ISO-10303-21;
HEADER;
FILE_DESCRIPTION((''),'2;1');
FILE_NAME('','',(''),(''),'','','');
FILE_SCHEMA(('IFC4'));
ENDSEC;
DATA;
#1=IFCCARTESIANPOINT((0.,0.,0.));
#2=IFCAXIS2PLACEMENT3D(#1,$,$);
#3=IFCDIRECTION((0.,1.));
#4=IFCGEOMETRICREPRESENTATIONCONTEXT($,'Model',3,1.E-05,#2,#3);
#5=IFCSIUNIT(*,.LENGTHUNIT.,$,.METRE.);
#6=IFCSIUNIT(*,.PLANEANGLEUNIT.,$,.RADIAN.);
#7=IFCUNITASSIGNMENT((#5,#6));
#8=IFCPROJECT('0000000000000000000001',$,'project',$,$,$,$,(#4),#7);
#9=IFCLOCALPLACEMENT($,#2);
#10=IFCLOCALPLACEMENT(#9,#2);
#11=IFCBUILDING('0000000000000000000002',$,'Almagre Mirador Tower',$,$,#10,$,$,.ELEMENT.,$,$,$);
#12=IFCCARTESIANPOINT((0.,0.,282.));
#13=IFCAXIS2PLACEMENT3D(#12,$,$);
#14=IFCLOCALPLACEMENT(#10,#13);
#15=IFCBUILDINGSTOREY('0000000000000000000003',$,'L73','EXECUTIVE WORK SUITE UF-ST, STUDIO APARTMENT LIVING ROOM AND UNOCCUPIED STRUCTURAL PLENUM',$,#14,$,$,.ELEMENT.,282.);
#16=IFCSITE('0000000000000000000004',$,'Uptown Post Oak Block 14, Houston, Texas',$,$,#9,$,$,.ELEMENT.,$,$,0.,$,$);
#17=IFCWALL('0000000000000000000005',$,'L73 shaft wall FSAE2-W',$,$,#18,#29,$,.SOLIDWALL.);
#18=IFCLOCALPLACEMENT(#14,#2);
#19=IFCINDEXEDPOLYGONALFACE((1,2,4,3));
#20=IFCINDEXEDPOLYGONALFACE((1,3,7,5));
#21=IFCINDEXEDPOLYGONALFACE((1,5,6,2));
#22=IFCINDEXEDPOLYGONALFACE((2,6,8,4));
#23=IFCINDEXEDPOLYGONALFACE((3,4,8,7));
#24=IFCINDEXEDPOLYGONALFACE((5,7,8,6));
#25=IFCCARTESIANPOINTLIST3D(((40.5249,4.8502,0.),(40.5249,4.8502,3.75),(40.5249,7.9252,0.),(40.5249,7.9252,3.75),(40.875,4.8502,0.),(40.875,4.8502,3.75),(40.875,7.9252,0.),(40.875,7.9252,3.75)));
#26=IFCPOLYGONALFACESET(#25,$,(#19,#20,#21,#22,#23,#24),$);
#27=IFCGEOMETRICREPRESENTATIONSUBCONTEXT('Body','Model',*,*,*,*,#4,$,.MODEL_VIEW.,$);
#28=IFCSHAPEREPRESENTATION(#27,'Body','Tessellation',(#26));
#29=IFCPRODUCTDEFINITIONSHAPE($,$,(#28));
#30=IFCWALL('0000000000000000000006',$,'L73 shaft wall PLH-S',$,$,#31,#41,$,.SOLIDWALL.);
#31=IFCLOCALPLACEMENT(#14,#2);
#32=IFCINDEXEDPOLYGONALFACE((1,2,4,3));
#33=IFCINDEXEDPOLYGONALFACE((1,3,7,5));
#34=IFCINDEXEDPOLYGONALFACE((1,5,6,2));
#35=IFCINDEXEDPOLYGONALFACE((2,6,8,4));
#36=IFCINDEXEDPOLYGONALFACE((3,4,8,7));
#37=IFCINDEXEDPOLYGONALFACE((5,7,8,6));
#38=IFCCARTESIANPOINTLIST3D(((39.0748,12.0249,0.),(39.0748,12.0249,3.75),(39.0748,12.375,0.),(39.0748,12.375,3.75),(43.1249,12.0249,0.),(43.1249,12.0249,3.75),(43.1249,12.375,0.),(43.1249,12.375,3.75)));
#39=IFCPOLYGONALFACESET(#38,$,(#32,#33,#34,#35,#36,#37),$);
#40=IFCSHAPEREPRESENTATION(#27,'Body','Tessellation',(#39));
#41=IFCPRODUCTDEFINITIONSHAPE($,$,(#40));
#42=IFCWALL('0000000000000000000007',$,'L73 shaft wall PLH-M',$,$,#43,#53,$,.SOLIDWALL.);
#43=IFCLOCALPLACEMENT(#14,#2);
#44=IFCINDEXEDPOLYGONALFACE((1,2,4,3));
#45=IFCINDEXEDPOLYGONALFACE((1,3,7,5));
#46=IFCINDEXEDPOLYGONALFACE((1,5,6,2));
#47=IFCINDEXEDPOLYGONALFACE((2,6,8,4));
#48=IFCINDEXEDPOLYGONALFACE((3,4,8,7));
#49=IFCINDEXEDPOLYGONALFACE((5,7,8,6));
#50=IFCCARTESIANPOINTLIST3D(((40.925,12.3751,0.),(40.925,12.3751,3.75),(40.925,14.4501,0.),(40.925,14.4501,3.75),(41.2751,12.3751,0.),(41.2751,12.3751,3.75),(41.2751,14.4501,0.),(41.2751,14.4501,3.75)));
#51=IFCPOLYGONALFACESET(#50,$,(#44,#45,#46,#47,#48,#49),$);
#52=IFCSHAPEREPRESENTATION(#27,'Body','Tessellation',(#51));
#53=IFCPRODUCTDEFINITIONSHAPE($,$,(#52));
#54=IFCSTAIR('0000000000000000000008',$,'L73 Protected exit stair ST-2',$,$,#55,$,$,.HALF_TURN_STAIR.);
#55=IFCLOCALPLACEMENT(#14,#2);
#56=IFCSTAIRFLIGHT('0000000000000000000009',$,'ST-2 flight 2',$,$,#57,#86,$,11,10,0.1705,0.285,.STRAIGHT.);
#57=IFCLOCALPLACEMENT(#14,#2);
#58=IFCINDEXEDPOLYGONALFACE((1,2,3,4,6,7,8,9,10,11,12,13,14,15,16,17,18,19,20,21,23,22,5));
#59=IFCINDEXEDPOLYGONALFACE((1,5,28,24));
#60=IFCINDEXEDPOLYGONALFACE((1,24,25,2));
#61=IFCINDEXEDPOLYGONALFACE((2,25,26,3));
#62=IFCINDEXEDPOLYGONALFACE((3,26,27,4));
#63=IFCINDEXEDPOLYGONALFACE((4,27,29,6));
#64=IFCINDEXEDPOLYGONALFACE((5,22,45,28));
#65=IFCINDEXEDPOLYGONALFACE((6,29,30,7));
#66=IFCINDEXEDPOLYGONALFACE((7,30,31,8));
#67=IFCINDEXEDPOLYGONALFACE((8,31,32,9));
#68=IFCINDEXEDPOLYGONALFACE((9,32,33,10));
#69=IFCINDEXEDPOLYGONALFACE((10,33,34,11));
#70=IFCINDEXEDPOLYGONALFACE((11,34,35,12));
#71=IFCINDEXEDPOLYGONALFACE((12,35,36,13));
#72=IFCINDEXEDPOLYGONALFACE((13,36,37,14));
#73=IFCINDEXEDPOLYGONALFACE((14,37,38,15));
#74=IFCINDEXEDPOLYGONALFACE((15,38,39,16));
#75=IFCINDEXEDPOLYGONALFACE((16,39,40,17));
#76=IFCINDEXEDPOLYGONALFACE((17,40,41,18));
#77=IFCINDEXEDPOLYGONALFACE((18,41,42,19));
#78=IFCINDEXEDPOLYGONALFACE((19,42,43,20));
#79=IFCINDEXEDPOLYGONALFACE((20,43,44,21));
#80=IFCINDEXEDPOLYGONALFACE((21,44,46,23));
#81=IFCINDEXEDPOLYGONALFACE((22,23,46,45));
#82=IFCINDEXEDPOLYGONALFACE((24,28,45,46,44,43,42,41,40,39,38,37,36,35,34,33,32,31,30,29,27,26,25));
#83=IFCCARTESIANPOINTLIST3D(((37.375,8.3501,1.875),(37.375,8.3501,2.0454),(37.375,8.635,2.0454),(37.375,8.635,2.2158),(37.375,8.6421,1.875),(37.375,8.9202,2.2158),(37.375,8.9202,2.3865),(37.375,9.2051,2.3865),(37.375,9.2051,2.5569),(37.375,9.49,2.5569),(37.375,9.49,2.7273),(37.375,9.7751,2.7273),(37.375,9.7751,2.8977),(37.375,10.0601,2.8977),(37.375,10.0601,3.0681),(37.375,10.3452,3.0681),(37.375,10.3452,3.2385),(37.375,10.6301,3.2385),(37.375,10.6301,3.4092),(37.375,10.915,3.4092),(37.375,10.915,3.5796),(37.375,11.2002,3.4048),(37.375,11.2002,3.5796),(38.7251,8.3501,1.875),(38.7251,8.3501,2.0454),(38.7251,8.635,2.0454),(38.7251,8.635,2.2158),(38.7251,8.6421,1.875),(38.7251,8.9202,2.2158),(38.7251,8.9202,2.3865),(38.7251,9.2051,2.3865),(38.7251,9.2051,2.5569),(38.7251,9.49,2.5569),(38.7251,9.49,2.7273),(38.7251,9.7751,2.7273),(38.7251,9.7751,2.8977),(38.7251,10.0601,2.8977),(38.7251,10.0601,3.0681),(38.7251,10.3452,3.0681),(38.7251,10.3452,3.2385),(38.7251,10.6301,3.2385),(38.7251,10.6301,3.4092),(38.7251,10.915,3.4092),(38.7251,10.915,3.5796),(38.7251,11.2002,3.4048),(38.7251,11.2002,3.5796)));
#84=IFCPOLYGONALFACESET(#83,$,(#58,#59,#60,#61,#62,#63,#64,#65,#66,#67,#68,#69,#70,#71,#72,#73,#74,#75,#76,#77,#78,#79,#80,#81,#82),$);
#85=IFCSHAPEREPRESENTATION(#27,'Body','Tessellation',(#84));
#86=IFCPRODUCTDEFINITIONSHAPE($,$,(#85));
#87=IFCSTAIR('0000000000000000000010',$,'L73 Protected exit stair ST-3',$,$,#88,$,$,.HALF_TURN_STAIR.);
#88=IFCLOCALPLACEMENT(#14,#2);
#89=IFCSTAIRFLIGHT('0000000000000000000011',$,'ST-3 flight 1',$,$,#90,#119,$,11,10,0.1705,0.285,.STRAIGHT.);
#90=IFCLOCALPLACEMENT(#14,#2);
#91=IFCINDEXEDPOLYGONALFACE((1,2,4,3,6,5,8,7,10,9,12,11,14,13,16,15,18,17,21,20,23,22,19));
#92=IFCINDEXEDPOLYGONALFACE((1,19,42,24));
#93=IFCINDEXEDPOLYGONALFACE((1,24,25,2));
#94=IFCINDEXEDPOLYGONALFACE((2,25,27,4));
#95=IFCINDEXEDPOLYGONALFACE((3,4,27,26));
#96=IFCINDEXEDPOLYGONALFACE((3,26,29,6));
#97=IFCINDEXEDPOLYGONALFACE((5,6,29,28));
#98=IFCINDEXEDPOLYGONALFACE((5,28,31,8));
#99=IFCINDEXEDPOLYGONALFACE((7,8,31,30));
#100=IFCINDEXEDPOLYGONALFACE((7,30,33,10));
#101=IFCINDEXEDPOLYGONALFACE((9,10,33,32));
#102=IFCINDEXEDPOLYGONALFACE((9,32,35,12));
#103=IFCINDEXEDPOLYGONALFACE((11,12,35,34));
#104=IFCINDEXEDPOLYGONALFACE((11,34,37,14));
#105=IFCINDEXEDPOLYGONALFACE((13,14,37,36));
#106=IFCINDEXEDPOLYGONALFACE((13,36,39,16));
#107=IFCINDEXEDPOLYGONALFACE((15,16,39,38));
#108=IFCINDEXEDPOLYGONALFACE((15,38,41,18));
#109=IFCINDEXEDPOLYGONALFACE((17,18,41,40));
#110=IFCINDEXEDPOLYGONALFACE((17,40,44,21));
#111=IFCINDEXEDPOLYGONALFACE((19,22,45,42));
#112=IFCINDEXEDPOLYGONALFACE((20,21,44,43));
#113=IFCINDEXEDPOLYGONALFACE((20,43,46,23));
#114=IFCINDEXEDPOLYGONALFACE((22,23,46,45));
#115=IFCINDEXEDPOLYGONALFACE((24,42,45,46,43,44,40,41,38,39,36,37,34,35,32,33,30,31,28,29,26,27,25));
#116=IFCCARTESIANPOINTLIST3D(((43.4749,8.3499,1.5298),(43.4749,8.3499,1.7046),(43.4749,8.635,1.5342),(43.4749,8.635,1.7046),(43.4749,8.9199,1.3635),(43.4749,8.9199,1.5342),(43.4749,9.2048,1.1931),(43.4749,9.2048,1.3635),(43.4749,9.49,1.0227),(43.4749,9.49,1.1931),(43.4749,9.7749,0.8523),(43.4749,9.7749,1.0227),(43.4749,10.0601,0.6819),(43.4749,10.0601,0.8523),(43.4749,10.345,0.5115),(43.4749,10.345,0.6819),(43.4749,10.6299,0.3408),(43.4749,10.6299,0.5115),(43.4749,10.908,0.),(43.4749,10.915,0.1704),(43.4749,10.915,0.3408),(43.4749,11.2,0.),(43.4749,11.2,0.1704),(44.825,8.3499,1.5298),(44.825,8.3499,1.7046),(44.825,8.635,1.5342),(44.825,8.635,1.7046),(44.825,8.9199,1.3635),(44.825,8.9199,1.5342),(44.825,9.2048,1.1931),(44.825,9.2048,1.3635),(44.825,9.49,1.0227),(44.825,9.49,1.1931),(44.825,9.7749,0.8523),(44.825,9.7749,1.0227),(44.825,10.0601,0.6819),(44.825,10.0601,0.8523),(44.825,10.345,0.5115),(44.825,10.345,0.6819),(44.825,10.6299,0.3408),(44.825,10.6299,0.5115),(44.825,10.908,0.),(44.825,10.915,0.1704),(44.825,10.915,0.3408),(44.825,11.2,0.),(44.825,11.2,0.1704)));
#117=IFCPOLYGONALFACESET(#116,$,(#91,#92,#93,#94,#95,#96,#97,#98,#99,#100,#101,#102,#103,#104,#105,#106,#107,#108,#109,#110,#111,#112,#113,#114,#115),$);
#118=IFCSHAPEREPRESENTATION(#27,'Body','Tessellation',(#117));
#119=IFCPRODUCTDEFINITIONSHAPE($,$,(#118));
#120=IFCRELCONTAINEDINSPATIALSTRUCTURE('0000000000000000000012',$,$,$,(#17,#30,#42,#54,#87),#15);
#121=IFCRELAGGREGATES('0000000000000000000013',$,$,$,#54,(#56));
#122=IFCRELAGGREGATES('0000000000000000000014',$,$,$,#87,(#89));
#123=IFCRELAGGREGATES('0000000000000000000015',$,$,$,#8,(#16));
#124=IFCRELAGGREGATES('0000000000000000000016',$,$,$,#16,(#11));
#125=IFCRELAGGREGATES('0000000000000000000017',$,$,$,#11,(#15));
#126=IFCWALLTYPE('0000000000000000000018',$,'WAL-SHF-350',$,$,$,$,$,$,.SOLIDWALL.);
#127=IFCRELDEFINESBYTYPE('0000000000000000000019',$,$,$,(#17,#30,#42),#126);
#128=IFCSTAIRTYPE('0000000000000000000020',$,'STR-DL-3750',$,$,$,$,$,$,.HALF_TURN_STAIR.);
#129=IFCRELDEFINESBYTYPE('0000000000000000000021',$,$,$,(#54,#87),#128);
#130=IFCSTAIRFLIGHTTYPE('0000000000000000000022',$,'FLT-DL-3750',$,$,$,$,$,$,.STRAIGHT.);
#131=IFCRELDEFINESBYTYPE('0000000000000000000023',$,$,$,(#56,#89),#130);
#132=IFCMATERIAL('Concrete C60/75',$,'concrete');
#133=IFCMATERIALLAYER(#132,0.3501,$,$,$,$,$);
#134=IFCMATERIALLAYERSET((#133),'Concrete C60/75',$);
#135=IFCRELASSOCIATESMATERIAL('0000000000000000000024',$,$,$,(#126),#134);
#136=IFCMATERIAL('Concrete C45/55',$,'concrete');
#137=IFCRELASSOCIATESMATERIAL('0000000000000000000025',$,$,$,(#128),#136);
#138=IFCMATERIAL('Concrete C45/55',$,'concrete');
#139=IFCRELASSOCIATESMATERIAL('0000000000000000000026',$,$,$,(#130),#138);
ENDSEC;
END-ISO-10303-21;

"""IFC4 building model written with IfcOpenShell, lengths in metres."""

from ifc_helpers import new_model, si_unit, direction, frame, frame_2d, origin, place, context, subcontext, project, spatial, polyline, rectangle, outline, extrude, material, layer, layer_set, type_object, element, aggregate, save


model = new_model("IFC4")

# Units and contexts
model_context = context("Model", 3, precision=1e-05, world=origin(), true_north=direction((0.0, 1.0)))
body_context = subcontext(model_context, "Body", "Model", "MODEL_VIEW")
ifc_project = project(units=[si_unit("LENGTHUNIT", "METRE"), si_unit("PLANEANGLEUNIT", "RADIAN")], contexts=[model_context])

# Site, building, storey
site_placement = place(None, origin())
site = spatial("IfcSite", under=ifc_project, at=site_placement, Name="Uptown Post Oak Block 14, Houston, Texas", CompositionType="ELEMENT", RefElevation=0.0)
building_placement = place(site_placement, origin())
building = spatial("IfcBuilding", under=site, at=building_placement, Name="Almagre Mirador Tower", CompositionType="ELEMENT")
storey_placement = place(building_placement, frame((0.0, 0.0, 282.0)))
storey = spatial("IfcBuildingStorey", under=building, at=storey_placement, Name="L73", Description="EXECUTIVE WORK SUITE UF-ST, STUDIO APARTMENT LIVING ROOM AND UNOCCUPIED STRUCTURAL PLENUM", CompositionType="ELEMENT", Elevation=282.0)

# Shared definitions
ifc_material_1 = material(Name="Concrete C60/75", Category="concrete")
ifc_layer_1 = layer(ifc_material_1, 0.3501)
ifc_layer_set_1 = layer_set([ifc_layer_1], Name="Concrete C60/75")
wall_type_1 = type_object("IfcWallType", Name="WAL-SHF-350", PredefinedType="SOLIDWALL", material=ifc_layer_set_1)

# Walls
wall_1_placement = place(storey_placement, frame((40.7, 4.8501, 0.0), z_axis=(0.0, 0.0, 1.0), x_axis=(0.0, 1.0, 0.0)))
element("IfcWall", 1, at=wall_1_placement, inside=storey, type_object=wall_type_1, Name="L73 shaft wall FSAE2-W", PredefinedType="SOLIDWALL", context=body_context, shape_type="SweptSolid", body=[
    extrude(rectangle(XDim=3.075, YDim=0.3501, at=frame_2d((1.5376, 0.0))), origin(), (0.0, 0.0, 1.0), 3.75),
])
wall_2_placement = place(storey_placement, frame((39.075, 12.2, 0.0), z_axis=(0.0, 0.0, 1.0), x_axis=(1.0, 0.0, 0.0)))
element("IfcWall", 2, at=wall_2_placement, inside=storey, type_object=wall_type_1, Name="L73 shaft wall PLH-S", PredefinedType="SOLIDWALL", context=body_context, shape_type="SweptSolid", body=[
    extrude(rectangle(XDim=4.05, YDim=0.3501, at=frame_2d((2.0249, 0.0))), origin(), (0.0, 0.0, 1.0), 3.75),
])
wall_3_placement = place(storey_placement, frame((41.1001, 12.375, 0.0), z_axis=(0.0, 0.0, 1.0), x_axis=(0.0, 1.0, 0.0)))
element("IfcWall", 3, at=wall_3_placement, inside=storey, type_object=wall_type_1, Name="L73 shaft wall PLH-M", PredefinedType="SOLIDWALL", context=body_context, shape_type="SweptSolid", body=[
    extrude(rectangle(XDim=2.075, YDim=0.3501, at=frame_2d((1.0376, 0.0))), origin(), (0.0, 0.0, 1.0), 3.75),
])

# Stairs, stair flights
ifc_material_2 = material(Name="Concrete C45/55", Category="concrete")
stair_type = type_object("IfcStairType", Name="STR-DL-3750", PredefinedType="HALF_TURN_STAIR", material=ifc_material_2)
stair_1_placement = place(storey_placement, origin())
stair_1 = element("IfcStair", 4, at=stair_1_placement, inside=storey, type_object=stair_type, Name="L73 Protected exit stair ST-2", PredefinedType="HALF_TURN_STAIR")
ifc_material_3 = material(Name="Concrete C45/55", Category="concrete")
stair_flight_type = type_object("IfcStairFlightType", Name="FLT-DL-3750", PredefinedType="STRAIGHT", material=ifc_material_3)
stair_flight_1_placement = place(storey_placement, frame((38.05, 8.3501, 1.875), z_axis=(0.0, 0.0, 1.0), x_axis=(0.0, 1.0, 0.0)))
stair_flight_1 = element("IfcStairFlight", 5, at=stair_flight_1_placement, type_object=stair_flight_type, Name="ST-2 flight 2", NumberOfRisers=11, NumberOfTreads=10, PredefinedType="STRAIGHT", RiserHeight=0.1705, TreadLength=0.285, context=body_context, shape_type="SweptSolid", body=[
    extrude(outline(polyline([(0.0, 0.0), (0.0, 0.1704), (0.2849, 0.1704), (0.2849, 0.3408), (0.5701, 0.3408), (0.5701, 0.5115), (0.855, 0.5115), (0.855, 0.6819), (1.1399, 0.6819), (1.1399, 0.8523), (1.425, 0.8523), (1.425, 1.0227), (1.71, 1.0227), (1.71, 1.1931), (1.9951, 1.1931), (1.9951, 1.3635), (2.28, 1.3635), (2.28, 1.5342), (2.5649, 1.5342), (2.5649, 1.7046), (2.8501, 1.7046), (2.8501, 1.875), (2.8501, 1.5298), (0.292, 0.0), (0.0, 0.0)])), frame((0.0, 0.675, 0.0), z_axis=(0.0, -1.0, 0.0), x_axis=(1.0, 0.0, 0.0)), (0.0, 0.0, 1.0), 1.3501),
])
aggregate(stair_1, [stair_flight_1])
stair_2_placement = place(storey_placement, origin())
stair_2 = element("IfcStair", 6, at=stair_2_placement, inside=storey, type_object=stair_type, Name="L73 Protected exit stair ST-3", PredefinedType="HALF_TURN_STAIR")
stair_flight_2_placement = place(storey_placement, frame((44.1499, 11.2, 0.0), z_axis=(0.0, 0.0, 1.0), x_axis=(0.0, -1.0, 0.0)))
stair_flight_2 = element("IfcStairFlight", 7, at=stair_flight_2_placement, type_object=stair_flight_type, Name="ST-3 flight 1", NumberOfRisers=11, NumberOfTreads=10, PredefinedType="STRAIGHT", RiserHeight=0.1705, TreadLength=0.285, context=body_context, shape_type="SweptSolid", body=[
    extrude(outline(polyline([(0.0, 0.0), (0.0, 0.1704), (0.2849, 0.1704), (0.2849, 0.3408), (0.5701, 0.3408), (0.5701, 0.5115), (0.855, 0.5115), (0.855, 0.6819), (1.1399, 0.6819), (1.1399, 0.8523), (1.425, 0.8523), (1.425, 1.0227), (1.71, 1.0227), (1.71, 1.1931), (1.9951, 1.1931), (1.9951, 1.3635), (2.28, 1.3635), (2.28, 1.5342), (2.5649, 1.5342), (2.5649, 1.7046), (2.8501, 1.7046), (2.8501, 1.875), (2.8501, 1.5298), (0.292, 0.0), (0.0, 0.0)])), frame((0.0, 0.675, 0.0), z_axis=(0.0, -1.0, 0.0), x_axis=(1.0, 0.0, 0.0)), (0.0, 0.0, 1.0), 1.3501),
])
aggregate(stair_2, [stair_flight_2])

save(model, "model.ifc")
